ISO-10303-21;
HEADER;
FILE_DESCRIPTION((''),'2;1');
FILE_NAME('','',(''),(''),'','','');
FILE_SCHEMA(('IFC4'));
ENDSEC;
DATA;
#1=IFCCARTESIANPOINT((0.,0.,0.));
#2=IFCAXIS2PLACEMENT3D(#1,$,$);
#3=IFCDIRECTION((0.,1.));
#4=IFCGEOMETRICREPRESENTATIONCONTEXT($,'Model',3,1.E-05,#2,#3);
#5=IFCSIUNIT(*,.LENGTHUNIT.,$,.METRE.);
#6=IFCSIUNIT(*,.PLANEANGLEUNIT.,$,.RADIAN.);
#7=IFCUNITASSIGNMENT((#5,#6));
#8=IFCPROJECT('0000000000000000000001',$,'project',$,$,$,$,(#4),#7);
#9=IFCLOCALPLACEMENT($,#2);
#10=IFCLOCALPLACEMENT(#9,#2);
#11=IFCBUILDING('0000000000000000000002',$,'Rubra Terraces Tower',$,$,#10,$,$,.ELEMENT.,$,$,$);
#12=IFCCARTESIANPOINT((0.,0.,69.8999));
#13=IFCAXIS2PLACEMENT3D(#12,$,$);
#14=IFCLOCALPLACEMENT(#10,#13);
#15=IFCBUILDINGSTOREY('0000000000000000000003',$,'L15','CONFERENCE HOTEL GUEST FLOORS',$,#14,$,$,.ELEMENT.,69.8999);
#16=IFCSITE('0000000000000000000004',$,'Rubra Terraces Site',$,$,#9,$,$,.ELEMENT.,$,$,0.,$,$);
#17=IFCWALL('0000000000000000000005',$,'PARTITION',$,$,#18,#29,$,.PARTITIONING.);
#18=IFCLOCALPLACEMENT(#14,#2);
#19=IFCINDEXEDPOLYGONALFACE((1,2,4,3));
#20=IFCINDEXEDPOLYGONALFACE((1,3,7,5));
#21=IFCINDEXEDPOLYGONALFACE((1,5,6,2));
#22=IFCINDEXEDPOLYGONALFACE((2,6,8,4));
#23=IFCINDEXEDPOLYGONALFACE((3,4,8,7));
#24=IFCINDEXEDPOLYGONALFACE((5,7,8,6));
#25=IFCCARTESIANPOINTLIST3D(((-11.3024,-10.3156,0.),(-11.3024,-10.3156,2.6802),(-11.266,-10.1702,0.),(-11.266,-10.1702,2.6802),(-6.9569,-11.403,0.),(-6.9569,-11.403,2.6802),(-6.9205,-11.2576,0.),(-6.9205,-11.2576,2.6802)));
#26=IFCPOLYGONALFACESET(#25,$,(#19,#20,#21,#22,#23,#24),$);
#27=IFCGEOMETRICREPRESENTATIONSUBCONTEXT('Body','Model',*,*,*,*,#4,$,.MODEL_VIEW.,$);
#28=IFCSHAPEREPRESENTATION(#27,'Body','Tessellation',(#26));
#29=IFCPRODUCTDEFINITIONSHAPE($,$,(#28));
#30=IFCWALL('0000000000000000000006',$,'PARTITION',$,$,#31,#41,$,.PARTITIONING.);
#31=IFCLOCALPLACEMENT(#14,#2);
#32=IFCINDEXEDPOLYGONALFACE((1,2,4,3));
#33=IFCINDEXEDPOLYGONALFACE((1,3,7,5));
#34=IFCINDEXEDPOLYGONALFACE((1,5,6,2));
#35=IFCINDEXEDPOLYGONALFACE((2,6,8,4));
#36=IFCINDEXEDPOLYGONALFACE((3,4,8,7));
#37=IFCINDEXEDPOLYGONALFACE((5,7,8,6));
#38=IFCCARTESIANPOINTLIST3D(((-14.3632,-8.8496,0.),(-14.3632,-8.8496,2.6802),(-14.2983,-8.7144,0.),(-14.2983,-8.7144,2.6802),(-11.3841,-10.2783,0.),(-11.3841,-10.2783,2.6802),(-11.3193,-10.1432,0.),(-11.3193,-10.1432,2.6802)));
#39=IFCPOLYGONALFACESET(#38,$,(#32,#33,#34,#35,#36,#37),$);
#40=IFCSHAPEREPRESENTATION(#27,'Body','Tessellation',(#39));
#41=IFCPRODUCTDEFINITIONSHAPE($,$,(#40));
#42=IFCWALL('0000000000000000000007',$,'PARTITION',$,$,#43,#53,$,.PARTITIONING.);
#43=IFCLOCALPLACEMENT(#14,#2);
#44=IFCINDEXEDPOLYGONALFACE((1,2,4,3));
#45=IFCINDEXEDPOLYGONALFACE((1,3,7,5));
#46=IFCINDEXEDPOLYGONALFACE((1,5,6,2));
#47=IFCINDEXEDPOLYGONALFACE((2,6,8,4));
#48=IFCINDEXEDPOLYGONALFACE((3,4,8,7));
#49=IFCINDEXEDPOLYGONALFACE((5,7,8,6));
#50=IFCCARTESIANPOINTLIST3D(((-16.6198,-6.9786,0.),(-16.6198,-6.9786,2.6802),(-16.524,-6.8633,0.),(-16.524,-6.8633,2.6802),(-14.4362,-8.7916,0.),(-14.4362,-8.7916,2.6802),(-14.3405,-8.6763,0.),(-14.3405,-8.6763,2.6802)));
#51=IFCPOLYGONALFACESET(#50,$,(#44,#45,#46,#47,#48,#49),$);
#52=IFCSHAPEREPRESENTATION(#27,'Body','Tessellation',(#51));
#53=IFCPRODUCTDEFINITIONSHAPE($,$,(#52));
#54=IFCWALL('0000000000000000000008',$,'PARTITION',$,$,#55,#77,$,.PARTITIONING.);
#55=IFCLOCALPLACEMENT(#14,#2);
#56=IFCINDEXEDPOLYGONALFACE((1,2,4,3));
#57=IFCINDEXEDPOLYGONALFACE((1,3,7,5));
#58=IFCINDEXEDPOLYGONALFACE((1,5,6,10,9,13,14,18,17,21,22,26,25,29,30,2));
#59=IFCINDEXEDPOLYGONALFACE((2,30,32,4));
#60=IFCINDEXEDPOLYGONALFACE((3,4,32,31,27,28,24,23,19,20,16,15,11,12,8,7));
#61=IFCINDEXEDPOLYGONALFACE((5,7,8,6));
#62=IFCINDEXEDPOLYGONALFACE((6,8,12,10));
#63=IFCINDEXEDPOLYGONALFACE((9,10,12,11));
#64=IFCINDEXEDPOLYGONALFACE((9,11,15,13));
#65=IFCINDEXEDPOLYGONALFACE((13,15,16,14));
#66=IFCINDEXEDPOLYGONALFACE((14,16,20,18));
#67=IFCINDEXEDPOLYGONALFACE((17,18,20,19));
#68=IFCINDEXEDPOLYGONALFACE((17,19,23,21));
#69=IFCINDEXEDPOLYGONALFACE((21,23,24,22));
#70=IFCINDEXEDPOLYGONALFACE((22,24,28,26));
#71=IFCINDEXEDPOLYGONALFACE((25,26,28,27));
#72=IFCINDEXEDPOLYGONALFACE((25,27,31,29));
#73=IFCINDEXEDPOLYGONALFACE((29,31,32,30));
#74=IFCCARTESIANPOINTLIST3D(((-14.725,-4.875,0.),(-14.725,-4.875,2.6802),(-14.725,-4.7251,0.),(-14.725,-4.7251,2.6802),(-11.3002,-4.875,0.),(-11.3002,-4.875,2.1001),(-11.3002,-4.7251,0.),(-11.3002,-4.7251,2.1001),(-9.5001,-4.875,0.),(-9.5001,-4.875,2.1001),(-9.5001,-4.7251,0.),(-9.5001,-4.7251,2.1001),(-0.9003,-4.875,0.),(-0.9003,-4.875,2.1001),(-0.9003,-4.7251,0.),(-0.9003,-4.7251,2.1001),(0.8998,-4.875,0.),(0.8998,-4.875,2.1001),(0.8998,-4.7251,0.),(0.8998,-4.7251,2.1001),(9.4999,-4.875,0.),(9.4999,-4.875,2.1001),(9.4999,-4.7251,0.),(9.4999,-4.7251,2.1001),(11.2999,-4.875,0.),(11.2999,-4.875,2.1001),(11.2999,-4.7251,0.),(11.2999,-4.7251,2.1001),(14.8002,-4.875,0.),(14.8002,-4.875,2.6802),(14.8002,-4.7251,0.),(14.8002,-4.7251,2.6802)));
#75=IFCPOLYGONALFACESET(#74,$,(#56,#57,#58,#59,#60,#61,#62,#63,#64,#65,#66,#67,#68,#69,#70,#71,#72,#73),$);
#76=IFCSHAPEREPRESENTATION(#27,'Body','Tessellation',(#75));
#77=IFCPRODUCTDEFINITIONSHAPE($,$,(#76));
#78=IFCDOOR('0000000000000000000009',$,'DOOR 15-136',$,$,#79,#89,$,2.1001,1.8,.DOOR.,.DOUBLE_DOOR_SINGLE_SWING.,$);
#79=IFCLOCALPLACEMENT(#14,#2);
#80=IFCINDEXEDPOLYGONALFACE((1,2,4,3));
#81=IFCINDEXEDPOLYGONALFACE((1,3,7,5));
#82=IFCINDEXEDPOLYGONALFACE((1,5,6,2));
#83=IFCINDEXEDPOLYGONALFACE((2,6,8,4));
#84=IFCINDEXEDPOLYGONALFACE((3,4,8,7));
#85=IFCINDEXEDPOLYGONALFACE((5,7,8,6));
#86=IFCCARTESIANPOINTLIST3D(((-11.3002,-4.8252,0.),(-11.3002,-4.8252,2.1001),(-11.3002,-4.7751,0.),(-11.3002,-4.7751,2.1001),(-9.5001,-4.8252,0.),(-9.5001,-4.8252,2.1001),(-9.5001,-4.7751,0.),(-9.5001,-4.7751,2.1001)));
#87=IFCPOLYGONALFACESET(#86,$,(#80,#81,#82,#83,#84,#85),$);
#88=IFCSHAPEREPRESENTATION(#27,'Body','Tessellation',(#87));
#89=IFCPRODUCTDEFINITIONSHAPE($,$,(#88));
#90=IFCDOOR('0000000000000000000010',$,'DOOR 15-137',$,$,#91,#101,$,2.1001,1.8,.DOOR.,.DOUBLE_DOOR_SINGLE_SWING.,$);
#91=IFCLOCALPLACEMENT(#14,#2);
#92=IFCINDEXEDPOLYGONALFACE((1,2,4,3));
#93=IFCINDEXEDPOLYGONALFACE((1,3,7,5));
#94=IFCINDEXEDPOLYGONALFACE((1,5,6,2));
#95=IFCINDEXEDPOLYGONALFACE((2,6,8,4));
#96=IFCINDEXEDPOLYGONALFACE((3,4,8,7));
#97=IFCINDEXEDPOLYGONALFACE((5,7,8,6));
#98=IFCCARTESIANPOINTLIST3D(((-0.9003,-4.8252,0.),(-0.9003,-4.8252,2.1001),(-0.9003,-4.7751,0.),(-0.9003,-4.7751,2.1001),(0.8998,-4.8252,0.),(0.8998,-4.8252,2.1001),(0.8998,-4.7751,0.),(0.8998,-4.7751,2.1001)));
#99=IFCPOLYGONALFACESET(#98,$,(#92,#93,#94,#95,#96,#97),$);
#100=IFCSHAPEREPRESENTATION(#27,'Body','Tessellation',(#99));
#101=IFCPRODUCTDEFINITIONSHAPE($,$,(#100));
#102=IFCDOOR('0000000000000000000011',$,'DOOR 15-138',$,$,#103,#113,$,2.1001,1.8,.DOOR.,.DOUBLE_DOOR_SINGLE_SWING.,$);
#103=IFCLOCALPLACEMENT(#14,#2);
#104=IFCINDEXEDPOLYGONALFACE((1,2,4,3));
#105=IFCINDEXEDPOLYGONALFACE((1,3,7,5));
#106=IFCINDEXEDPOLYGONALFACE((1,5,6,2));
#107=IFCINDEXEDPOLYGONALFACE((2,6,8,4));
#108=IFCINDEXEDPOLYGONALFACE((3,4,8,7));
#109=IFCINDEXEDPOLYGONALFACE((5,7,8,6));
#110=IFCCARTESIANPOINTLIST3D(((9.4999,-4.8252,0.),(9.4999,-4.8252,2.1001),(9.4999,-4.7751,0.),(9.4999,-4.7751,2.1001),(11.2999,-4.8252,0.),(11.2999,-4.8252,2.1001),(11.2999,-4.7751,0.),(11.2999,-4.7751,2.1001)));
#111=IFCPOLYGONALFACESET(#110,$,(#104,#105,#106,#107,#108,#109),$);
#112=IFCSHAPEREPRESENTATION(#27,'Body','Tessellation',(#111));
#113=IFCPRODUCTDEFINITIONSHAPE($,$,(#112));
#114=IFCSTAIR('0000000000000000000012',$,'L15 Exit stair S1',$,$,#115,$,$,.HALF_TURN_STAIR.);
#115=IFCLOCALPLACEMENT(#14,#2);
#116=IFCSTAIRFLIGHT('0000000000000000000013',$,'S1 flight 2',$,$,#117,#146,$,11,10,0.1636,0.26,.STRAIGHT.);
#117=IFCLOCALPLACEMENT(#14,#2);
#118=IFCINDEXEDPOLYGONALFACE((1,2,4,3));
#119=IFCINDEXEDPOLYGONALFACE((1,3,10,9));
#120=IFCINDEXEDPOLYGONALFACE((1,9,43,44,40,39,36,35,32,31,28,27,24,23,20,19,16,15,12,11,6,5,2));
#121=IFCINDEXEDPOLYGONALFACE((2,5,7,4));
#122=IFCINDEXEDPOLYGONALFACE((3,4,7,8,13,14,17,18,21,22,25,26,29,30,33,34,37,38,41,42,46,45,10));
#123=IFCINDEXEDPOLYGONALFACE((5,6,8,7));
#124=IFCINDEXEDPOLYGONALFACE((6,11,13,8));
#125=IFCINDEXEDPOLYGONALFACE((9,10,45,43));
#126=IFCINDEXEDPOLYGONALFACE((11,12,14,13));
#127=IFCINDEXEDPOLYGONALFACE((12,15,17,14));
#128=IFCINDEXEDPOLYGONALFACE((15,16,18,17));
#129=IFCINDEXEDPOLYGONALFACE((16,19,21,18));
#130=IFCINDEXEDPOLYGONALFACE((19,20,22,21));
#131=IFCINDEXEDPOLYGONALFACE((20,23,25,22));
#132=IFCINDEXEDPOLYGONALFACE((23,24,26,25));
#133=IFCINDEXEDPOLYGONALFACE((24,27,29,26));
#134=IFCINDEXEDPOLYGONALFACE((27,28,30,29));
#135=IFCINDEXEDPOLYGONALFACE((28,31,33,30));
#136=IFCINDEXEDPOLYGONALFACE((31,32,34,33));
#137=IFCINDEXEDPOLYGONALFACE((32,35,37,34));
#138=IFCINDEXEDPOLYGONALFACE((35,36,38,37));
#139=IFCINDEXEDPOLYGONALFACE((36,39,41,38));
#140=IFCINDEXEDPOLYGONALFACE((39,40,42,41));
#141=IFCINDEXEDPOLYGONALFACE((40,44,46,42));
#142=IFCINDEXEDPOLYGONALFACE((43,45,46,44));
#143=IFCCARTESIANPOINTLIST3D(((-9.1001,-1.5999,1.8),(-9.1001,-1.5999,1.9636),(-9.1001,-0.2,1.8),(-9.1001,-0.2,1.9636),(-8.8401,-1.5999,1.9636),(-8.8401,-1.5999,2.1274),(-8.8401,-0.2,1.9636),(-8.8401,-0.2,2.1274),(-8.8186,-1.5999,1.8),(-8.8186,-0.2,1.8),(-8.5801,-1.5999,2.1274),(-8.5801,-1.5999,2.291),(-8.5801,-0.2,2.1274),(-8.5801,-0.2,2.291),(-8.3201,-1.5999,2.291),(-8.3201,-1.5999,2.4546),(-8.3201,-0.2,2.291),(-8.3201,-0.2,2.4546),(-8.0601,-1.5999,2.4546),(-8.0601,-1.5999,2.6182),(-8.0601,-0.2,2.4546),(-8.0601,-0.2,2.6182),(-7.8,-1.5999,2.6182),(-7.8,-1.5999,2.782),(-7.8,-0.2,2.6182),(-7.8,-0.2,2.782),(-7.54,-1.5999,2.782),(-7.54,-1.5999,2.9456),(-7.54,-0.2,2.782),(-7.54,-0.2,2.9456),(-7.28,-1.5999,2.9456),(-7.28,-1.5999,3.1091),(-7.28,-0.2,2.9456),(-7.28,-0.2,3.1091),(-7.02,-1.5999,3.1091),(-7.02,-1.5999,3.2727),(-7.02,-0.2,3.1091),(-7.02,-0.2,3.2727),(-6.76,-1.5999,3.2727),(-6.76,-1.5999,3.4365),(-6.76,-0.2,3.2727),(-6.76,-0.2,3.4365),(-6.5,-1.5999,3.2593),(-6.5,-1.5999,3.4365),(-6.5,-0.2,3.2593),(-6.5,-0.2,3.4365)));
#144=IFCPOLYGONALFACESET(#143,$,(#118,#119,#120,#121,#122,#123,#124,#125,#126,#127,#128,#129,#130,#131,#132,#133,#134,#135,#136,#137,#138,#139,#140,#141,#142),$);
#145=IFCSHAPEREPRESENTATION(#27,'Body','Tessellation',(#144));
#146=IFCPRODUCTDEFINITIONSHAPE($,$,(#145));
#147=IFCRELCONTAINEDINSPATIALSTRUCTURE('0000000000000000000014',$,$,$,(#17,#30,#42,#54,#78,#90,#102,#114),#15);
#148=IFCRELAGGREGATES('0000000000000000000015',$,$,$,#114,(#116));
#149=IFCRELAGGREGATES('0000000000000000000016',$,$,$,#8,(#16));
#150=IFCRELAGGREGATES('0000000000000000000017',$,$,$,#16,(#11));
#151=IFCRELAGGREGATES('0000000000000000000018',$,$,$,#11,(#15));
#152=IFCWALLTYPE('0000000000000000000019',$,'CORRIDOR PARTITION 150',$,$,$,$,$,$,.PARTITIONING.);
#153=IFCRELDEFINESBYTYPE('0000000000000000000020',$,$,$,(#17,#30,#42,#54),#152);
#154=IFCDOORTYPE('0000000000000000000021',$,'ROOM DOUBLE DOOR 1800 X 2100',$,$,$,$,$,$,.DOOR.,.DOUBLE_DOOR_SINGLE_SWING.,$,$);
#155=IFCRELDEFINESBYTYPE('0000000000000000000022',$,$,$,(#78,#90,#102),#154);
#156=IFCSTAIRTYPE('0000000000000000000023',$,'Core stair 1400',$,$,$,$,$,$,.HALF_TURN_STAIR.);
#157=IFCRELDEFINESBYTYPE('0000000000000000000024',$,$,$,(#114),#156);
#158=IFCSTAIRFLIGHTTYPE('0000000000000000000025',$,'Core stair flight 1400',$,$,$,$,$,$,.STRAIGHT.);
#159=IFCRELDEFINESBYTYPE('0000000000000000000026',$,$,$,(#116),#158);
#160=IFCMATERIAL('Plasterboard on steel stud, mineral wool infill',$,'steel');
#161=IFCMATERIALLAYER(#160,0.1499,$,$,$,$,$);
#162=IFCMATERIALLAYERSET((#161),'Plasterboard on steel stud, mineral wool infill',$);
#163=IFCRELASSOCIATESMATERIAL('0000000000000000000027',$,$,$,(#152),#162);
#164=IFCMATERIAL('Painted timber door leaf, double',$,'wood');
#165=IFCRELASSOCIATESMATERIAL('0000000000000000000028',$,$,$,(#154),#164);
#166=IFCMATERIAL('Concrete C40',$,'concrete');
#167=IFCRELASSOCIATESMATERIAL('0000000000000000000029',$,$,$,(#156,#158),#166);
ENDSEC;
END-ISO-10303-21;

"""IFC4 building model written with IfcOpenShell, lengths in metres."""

from ifc_helpers import new_model, si_unit, direction, frame, frame_2d, origin, place, context, subcontext, project, spatial, polyline, rectangle, outline, extrude, material, layer, layer_set, type_object, element, fill, aggregate, save


model = new_model("IFC4")

# Units and contexts
model_context = context("Model", 3, precision=1e-05, world=origin(), true_north=direction((0.0, 1.0)))
body_context = subcontext(model_context, "Body", "Model", "MODEL_VIEW")
ifc_project = project(units=[si_unit("LENGTHUNIT", "METRE"), si_unit("PLANEANGLEUNIT", "RADIAN")], contexts=[model_context])

# Site, building, storey
site_placement = place(None, origin())
site = spatial("IfcSite", under=ifc_project, at=site_placement, Name="Rubra Terraces Site", CompositionType="ELEMENT", RefElevation=0.0)
building_placement = place(site_placement, origin())
building = spatial("IfcBuilding", under=site, at=building_placement, Name="Rubra Terraces Tower", CompositionType="ELEMENT")
storey_placement = place(building_placement, frame((0.0, 0.0, 69.8999)))
storey = spatial("IfcBuildingStorey", under=building, at=storey_placement, Name="L15", Description="CONFERENCE HOTEL GUEST FLOORS", CompositionType="ELEMENT", Elevation=69.8999)

# Shared definitions
ifc_material_1 = material(Name="Plasterboard on steel stud, mineral wool infill", Category="steel")
ifc_layer_1 = layer(ifc_material_1, 0.1499)
ifc_layer_set_1 = layer_set([ifc_layer_1], Name="Plasterboard on steel stud, mineral wool infill")
wall_type_1 = type_object("IfcWallType", Name="CORRIDOR PARTITION 150", PredefinedType="PARTITIONING", material=ifc_layer_set_1)
ifc_material_2 = material(Name="Painted timber door leaf, double", Category="wood")
door_type_1 = type_object("IfcDoorType", Name="ROOM DOUBLE DOOR 1800 X 2100", OperationType="DOUBLE_DOOR_SINGLE_SWING", PredefinedType="DOOR", material=ifc_material_2)

# Walls
wall_1_placement = place(storey_placement, frame((-6.9387, -11.3303, 0.0), z_axis=(0.0, 0.0, 1.0), x_axis=(-0.970088, 0.242754, 0.0)))
element("IfcWall", 1, at=wall_1_placement, inside=storey, type_object=wall_type_1, Name="PARTITION", PredefinedType="PARTITIONING", context=body_context, shape_type="SweptSolid", body=[
    extrude(rectangle(XDim=4.4795, YDim=0.1499, at=frame_2d((2.2397, 0.0))), origin(), (0.0, 0.0, 1.0), 2.6802),
])
wall_2_placement = place(storey_placement, frame((-11.3518, -10.2107, 0.0), z_axis=(0.0, 0.0, 1.0), x_axis=(-0.901666, 0.432433, 0.0)))
element("IfcWall", 2, at=wall_2_placement, inside=storey, type_object=wall_type_1, Name="PARTITION", PredefinedType="PARTITIONING", context=body_context, shape_type="SweptSolid", body=[
    extrude(rectangle(XDim=3.304, YDim=0.1499, at=frame_2d((1.6519, 0.0))), origin(), (0.0, 0.0, 1.0), 2.6802),
])
wall_3_placement = place(storey_placement, frame((-14.3884, -8.7339, 0.0), z_axis=(0.0, 0.0, 1.0), x_axis=(-0.769376, 0.638796, 0.0)))
element("IfcWall", 3, at=wall_3_placement, inside=storey, type_object=wall_type_1, Name="PARTITION", PredefinedType="PARTITIONING", context=body_context, shape_type="SweptSolid", body=[
    extrude(rectangle(XDim=2.8381, YDim=0.1499, at=frame_2d((1.4189, 0.0))), origin(), (0.0, 0.0, 1.0), 2.6802),
])

# Wall, openings, doors
wall_4_placement = place(storey_placement, frame((-14.7251, -4.8, 0.0), z_axis=(0.0, 0.0, 1.0), x_axis=(1.0, 0.0, 0.0)))
wall_4 = element("IfcWall", 4, at=wall_4_placement, inside=storey, type_object=wall_type_1, Name="PARTITION", PredefinedType="PARTITIONING", context=body_context, shape_type="SweptSolid", body=[
    extrude(rectangle(XDim=29.5251, YDim=0.1499, at=frame_2d((14.7627, 0.0))), origin(), (0.0, 0.0, 1.0), 2.6802),
])
opening_1_placement = place(wall_4_placement, frame((3.425, 0.0, 0.0)))
opening_1 = element("IfcOpeningElement", 5, at=opening_1_placement, cuts=wall_4, PredefinedType="OPENING", context=body_context, shape_type="SweptSolid", body=[
    extrude(rectangle(XDim=1.8, YDim=2.1001, at=frame_2d((0.8999, 1.05))), frame((0.0, 0.085, 0.0), z_axis=(0.0, -1.0, 0.0), x_axis=(1.0, 0.0, 0.0)), (0.0, 0.0, 1.0), 0.1699),
])
opening_2_placement = place(wall_4_placement, frame((13.825, 0.0, 0.0)))
opening_2 = element("IfcOpeningElement", 6, at=opening_2_placement, cuts=wall_4, PredefinedType="OPENING", context=body_context, shape_type="SweptSolid", body=[
    extrude(rectangle(XDim=1.8, YDim=2.1001, at=frame_2d((0.8999, 1.05))), frame((0.0, 0.085, 0.0), z_axis=(0.0, -1.0, 0.0), x_axis=(1.0, 0.0, 0.0)), (0.0, 0.0, 1.0), 0.1699),
])
opening_3_placement = place(wall_4_placement, frame((24.2251, 0.0, 0.0)))
opening_3 = element("IfcOpeningElement", 7, at=opening_3_placement, cuts=wall_4, PredefinedType="OPENING", context=body_context, shape_type="SweptSolid", body=[
    extrude(rectangle(XDim=1.8, YDim=2.1001, at=frame_2d((0.8999, 1.05))), frame((0.0, 0.085, 0.0), z_axis=(0.0, -1.0, 0.0), x_axis=(1.0, 0.0, 0.0)), (0.0, 0.0, 1.0), 0.1699),
])
door_1_placement = place(opening_1_placement, origin())
door_1 = element("IfcDoor", 8, at=door_1_placement, inside=storey, type_object=door_type_1, Name="DOOR 15-136", OperationType="DOUBLE_DOOR_SINGLE_SWING", OverallHeight=2.1001, OverallWidth=1.8, PredefinedType="DOOR", context=body_context, shape_type="SweptSolid", body=[
    extrude(rectangle(XDim=1.8, YDim=2.1001, at=frame_2d((0.8999, 1.05))), frame((0.0, 0.0249, 0.0), z_axis=(0.0, -1.0, 0.0), x_axis=(1.0, 0.0, 0.0)), (0.0, 0.0, 1.0), 0.05),
])
fill(opening_1, door_1)
door_2_placement = place(opening_2_placement, origin())
door_2 = element("IfcDoor", 9, at=door_2_placement, inside=storey, type_object=door_type_1, Name="DOOR 15-137", OperationType="DOUBLE_DOOR_SINGLE_SWING", OverallHeight=2.1001, OverallWidth=1.8, PredefinedType="DOOR", context=body_context, shape_type="SweptSolid", body=[
    extrude(rectangle(XDim=1.8, YDim=2.1001, at=frame_2d((0.8999, 1.05))), frame((0.0, 0.0249, 0.0), z_axis=(0.0, -1.0, 0.0), x_axis=(1.0, 0.0, 0.0)), (0.0, 0.0, 1.0), 0.05),
])
fill(opening_2, door_2)
door_3_placement = place(opening_3_placement, origin())
door_3 = element("IfcDoor", 10, at=door_3_placement, inside=storey, type_object=door_type_1, Name="DOOR 15-138", OperationType="DOUBLE_DOOR_SINGLE_SWING", OverallHeight=2.1001, OverallWidth=1.8, PredefinedType="DOOR", context=body_context, shape_type="SweptSolid", body=[
    extrude(rectangle(XDim=1.8, YDim=2.1001, at=frame_2d((0.8999, 1.05))), frame((0.0, 0.0249, 0.0), z_axis=(0.0, -1.0, 0.0), x_axis=(1.0, 0.0, 0.0)), (0.0, 0.0, 1.0), 0.05),
])
fill(opening_3, door_3)

# Stair, stair flight
ifc_material_3 = material(Name="Concrete C40", Category="concrete")
stair_type = type_object("IfcStairType", Name="Core stair 1400", PredefinedType="HALF_TURN_STAIR", material=ifc_material_3)
stair_placement = place(storey_placement, origin())
stair = element("IfcStair", 11, at=stair_placement, inside=storey, type_object=stair_type, Name="L15 Exit stair S1", PredefinedType="HALF_TURN_STAIR")
stair_flight_type = type_object("IfcStairFlightType", Name="Core stair flight 1400", PredefinedType="STRAIGHT", material=ifc_material_3)
stair_flight_placement = place(storey_placement, frame((-9.1001, -0.8999, 1.8), z_axis=(0.0, 0.0, 1.0), x_axis=(1.0, 0.0, 0.0)))
stair_flight = element("IfcStairFlight", 12, at=stair_flight_placement, type_object=stair_flight_type, Name="S1 flight 2", NumberOfRisers=11, NumberOfTreads=10, PredefinedType="STRAIGHT", RiserHeight=0.1636, TreadLength=0.26, context=body_context, shape_type="SweptSolid", body=[
    extrude(outline(polyline([(0.0, 0.0), (0.0, 0.1636), (0.26, 0.1636), (0.26, 0.3274), (0.52, 0.3274), (0.52, 0.491), (0.78, 0.491), (0.78, 0.6545), (1.04, 0.6545), (1.04, 0.8181), (1.3, 0.8181), (1.3, 0.9819), (1.5601, 0.9819), (1.5601, 1.1455), (1.8201, 1.1455), (1.8201, 1.3091), (2.0801, 1.3091), (2.0801, 1.4727), (2.3401, 1.4727), (2.3401, 1.6365), (2.6001, 1.6365), (2.6001, 1.8), (2.6001, 1.4592), (0.2815, 0.0), (0.0, 0.0)])), frame((0.0, 0.7, 0.0), z_axis=(0.0, -1.0, 0.0), x_axis=(1.0, 0.0, 0.0)), (0.0, 0.0, 1.0), 1.3999),
])
aggregate(stair, [stair_flight])

save(model, "model.ifc")
